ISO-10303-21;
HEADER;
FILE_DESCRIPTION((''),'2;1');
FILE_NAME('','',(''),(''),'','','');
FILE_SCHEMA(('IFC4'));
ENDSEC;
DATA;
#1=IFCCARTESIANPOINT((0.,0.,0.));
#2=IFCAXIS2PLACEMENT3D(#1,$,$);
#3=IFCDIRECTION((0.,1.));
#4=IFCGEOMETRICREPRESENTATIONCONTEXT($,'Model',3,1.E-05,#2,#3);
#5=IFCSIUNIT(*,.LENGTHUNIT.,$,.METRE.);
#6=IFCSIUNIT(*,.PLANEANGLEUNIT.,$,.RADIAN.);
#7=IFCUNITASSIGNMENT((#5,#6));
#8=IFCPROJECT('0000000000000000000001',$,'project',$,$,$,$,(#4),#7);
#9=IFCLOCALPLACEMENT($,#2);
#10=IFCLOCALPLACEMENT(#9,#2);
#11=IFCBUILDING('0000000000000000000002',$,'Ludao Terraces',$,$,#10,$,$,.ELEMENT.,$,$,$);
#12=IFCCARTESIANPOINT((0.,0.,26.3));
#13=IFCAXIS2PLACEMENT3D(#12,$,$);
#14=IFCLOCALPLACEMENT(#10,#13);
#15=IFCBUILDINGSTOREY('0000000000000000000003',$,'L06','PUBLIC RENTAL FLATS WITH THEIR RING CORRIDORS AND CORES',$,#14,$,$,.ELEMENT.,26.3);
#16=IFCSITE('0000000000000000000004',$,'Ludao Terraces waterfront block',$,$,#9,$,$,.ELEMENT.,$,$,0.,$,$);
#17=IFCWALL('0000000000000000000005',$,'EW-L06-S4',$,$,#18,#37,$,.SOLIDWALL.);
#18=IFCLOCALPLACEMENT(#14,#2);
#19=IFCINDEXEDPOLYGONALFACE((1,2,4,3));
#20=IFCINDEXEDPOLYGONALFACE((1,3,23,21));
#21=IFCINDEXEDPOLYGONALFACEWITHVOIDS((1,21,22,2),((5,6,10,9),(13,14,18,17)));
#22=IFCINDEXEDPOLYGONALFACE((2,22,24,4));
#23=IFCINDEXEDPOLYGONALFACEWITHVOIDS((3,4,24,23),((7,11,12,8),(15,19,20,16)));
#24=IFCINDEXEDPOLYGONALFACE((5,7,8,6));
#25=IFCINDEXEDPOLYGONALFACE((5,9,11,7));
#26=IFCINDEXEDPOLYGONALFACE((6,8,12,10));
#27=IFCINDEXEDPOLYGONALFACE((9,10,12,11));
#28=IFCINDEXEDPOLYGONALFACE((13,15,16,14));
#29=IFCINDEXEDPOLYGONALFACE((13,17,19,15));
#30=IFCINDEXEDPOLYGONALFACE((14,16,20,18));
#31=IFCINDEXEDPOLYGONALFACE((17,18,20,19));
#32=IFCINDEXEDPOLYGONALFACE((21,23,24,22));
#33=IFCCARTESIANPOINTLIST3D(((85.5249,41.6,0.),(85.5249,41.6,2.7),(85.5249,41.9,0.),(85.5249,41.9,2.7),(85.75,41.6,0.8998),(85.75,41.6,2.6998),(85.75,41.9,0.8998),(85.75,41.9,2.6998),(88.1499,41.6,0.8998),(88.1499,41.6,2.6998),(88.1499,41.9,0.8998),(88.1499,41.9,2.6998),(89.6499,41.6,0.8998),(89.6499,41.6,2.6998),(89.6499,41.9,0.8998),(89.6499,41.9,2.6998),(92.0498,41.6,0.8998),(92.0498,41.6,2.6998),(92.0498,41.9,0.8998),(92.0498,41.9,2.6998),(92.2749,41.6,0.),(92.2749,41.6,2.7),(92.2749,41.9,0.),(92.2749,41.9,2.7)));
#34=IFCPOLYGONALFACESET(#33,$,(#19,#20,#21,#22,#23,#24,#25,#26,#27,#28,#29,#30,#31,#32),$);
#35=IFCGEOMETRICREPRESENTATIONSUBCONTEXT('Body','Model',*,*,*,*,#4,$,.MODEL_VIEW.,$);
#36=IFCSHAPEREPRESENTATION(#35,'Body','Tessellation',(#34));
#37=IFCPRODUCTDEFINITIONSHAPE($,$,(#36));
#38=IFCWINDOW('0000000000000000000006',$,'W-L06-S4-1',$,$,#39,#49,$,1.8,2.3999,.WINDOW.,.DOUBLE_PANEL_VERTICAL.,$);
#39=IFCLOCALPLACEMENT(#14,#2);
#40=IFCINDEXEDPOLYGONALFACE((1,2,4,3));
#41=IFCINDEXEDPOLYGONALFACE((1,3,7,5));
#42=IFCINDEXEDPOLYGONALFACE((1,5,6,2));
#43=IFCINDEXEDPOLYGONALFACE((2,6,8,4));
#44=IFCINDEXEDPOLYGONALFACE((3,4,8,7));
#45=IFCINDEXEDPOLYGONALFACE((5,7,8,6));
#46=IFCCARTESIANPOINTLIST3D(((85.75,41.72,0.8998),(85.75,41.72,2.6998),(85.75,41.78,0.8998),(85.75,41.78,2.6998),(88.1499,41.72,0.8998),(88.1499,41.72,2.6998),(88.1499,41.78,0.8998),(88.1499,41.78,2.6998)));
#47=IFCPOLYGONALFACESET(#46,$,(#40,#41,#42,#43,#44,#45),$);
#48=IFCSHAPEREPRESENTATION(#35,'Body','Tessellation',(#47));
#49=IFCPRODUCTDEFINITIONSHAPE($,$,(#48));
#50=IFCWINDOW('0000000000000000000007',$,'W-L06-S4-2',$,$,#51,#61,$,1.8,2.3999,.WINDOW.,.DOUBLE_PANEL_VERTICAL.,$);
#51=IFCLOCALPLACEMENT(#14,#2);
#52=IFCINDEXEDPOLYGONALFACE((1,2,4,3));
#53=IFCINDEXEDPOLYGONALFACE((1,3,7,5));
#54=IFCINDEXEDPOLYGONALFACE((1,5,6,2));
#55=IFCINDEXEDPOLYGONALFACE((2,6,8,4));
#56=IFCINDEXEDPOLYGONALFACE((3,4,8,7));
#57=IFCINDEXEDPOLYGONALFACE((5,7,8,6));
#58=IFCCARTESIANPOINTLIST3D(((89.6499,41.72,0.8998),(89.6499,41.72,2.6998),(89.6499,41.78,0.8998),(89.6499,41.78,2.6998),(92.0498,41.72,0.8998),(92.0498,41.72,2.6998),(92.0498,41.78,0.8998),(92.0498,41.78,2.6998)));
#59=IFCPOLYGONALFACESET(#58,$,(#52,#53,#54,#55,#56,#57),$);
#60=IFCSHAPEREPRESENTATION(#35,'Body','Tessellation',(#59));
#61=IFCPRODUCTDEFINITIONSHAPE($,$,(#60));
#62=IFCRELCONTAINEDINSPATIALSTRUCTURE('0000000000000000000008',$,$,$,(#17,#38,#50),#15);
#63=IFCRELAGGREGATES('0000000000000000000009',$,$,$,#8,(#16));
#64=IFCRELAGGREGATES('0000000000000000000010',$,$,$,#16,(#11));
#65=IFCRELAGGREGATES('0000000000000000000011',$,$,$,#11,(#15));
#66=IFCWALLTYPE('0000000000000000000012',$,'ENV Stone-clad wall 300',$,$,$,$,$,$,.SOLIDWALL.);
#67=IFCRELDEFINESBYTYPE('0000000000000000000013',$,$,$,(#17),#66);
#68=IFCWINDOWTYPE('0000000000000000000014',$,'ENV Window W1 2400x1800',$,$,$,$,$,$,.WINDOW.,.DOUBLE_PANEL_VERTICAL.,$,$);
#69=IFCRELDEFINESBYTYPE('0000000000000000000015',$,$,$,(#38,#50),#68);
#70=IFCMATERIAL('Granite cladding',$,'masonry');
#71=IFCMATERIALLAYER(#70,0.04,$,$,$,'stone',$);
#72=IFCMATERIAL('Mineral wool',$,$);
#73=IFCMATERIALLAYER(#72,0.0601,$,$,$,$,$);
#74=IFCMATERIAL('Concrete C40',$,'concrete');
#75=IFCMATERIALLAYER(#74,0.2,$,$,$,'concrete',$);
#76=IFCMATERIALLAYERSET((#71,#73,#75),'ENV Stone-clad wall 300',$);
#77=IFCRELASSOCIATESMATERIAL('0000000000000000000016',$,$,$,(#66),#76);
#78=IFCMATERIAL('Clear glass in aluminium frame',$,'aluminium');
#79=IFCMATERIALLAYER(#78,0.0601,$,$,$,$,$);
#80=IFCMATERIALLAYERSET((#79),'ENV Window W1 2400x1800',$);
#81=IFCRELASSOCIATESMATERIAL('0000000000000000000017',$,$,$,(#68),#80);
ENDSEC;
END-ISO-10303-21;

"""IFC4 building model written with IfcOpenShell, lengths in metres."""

from ifc_helpers import new_model, si_unit, direction, frame, frame_2d, origin, place, context, subcontext, project, spatial, rectangle, extrude, material, layer, layer_set, type_object, element, fill, save


model = new_model("IFC4")

# Units and contexts
model_context = context("Model", 3, precision=1e-05, world=origin(), true_north=direction((0.0, 1.0)))
body_context = subcontext(model_context, "Body", "Model", "MODEL_VIEW")
ifc_project = project(units=[si_unit("LENGTHUNIT", "METRE"), si_unit("PLANEANGLEUNIT", "RADIAN")], contexts=[model_context])

# Site, building, storey
site_placement = place(None, origin())
site = spatial("IfcSite", under=ifc_project, at=site_placement, Name="Ludao Terraces waterfront block", CompositionType="ELEMENT", RefElevation=0.0)
building_placement = place(site_placement, origin())
building = spatial("IfcBuilding", under=site, at=building_placement, Name="Ludao Terraces", CompositionType="ELEMENT")
storey_placement = place(building_placement, frame((0.0, 0.0, 26.3)))
storey = spatial("IfcBuildingStorey", under=building, at=storey_placement, Name="L06", Description="PUBLIC RENTAL FLATS WITH THEIR RING CORRIDORS AND CORES", CompositionType="ELEMENT", Elevation=26.3)

# Shared definitions
ifc_material_1 = material(Name="Concrete C40", Category="concrete")

# Wall, openings, windows
ifc_material_2 = material(Name="Granite cladding", Category="masonry")
ifc_layer_1 = layer(ifc_material_2, 0.04, Category="stone")
ifc_material_3 = material(Name="Mineral wool")
ifc_layer_2 = layer(ifc_material_3, 0.0601)
ifc_layer_3 = layer(ifc_material_1, 0.2, Category="concrete")
ifc_layer_set_1 = layer_set([ifc_layer_1, ifc_layer_2, ifc_layer_3], Name="ENV Stone-clad wall 300")
wall_type_1 = type_object("IfcWallType", Name="ENV Stone-clad wall 300", PredefinedType="SOLIDWALL", material=ifc_layer_set_1)
wall_1_placement = place(storey_placement, frame((85.5249, 41.75, 0.0), z_axis=(0.0, 0.0, 1.0), x_axis=(1.0, 0.0, 0.0)))
wall_1 = element("IfcWall", 1, at=wall_1_placement, inside=storey, type_object=wall_type_1, Name="EW-L06-S4", PredefinedType="SOLIDWALL", context=body_context, shape_type="SweptSolid", body=[
    extrude(rectangle(XDim=6.75, YDim=0.3, at=frame_2d((3.375, 0.0))), origin(), (0.0, 0.0, 1.0), 2.7),
])
opening_1_placement = place(wall_1_placement, frame((0.2251, 0.0, 0.8999)))
opening_1 = element("IfcOpeningElement", 2, at=opening_1_placement, cuts=wall_1, PredefinedType="OPENING", context=body_context, shape_type="SweptSolid", body=[
    extrude(rectangle(XDim=2.3999, YDim=1.8, at=frame_2d((1.2, 0.8999))), frame((0.0, 0.1602, 0.0), z_axis=(0.0, -1.0, 0.0), x_axis=(1.0, 0.0, 0.0)), (0.0, 0.0, 1.0), 0.3201),
])
opening_2_placement = place(wall_1_placement, frame((4.125, 0.0, 0.8999)))
opening_2 = element("IfcOpeningElement", 3, at=opening_2_placement, cuts=wall_1, PredefinedType="OPENING", context=body_context, shape_type="SweptSolid", body=[
    extrude(rectangle(XDim=2.3999, YDim=1.8, at=frame_2d((1.2, 0.8999))), frame((0.0, 0.1602, 0.0), z_axis=(0.0, -1.0, 0.0), x_axis=(1.0, 0.0, 0.0)), (0.0, 0.0, 1.0), 0.3201),
])
ifc_material_4 = material(Name="Clear glass in aluminium frame", Category="aluminium")
ifc_layer_4 = layer(ifc_material_4, 0.0601)
ifc_layer_set_2 = layer_set([ifc_layer_4], Name="ENV Window W1 2400x1800")
window_type = type_object("IfcWindowType", Name="ENV Window W1 2400x1800", PartitioningType="DOUBLE_PANEL_VERTICAL", PredefinedType="WINDOW", material=ifc_layer_set_2)
window_1_placement = place(opening_1_placement, origin())
window_1 = element("IfcWindow", 4, at=window_1_placement, inside=storey, type_object=window_type, Name="W-L06-S4-1", OverallHeight=1.8, OverallWidth=2.3999, PartitioningType="DOUBLE_PANEL_VERTICAL", PredefinedType="WINDOW", context=body_context, shape_type="SweptSolid", body=[
    extrude(rectangle(XDim=2.3999, YDim=1.8, at=frame_2d((1.2, 0.8999))), frame((0.0, 0.03, 0.0), z_axis=(0.0, -1.0, 0.0), x_axis=(1.0, 0.0, 0.0)), (0.0, 0.0, 1.0), 0.0601),
])
fill(opening_1, window_1)
window_2_placement = place(opening_2_placement, origin())
window_2 = element("IfcWindow", 5, at=window_2_placement, inside=storey, type_object=window_type, Name="W-L06-S4-2", OverallHeight=1.8, OverallWidth=2.3999, PartitioningType="DOUBLE_PANEL_VERTICAL", PredefinedType="WINDOW", context=body_context, shape_type="SweptSolid", body=[
    extrude(rectangle(XDim=2.3999, YDim=1.8, at=frame_2d((1.2, 0.8999))), frame((0.0, 0.03, 0.0), z_axis=(0.0, -1.0, 0.0), x_axis=(1.0, 0.0, 0.0)), (0.0, 0.0, 1.0), 0.0601),
])
fill(opening_2, window_2)

save(model, "model.ifc")
